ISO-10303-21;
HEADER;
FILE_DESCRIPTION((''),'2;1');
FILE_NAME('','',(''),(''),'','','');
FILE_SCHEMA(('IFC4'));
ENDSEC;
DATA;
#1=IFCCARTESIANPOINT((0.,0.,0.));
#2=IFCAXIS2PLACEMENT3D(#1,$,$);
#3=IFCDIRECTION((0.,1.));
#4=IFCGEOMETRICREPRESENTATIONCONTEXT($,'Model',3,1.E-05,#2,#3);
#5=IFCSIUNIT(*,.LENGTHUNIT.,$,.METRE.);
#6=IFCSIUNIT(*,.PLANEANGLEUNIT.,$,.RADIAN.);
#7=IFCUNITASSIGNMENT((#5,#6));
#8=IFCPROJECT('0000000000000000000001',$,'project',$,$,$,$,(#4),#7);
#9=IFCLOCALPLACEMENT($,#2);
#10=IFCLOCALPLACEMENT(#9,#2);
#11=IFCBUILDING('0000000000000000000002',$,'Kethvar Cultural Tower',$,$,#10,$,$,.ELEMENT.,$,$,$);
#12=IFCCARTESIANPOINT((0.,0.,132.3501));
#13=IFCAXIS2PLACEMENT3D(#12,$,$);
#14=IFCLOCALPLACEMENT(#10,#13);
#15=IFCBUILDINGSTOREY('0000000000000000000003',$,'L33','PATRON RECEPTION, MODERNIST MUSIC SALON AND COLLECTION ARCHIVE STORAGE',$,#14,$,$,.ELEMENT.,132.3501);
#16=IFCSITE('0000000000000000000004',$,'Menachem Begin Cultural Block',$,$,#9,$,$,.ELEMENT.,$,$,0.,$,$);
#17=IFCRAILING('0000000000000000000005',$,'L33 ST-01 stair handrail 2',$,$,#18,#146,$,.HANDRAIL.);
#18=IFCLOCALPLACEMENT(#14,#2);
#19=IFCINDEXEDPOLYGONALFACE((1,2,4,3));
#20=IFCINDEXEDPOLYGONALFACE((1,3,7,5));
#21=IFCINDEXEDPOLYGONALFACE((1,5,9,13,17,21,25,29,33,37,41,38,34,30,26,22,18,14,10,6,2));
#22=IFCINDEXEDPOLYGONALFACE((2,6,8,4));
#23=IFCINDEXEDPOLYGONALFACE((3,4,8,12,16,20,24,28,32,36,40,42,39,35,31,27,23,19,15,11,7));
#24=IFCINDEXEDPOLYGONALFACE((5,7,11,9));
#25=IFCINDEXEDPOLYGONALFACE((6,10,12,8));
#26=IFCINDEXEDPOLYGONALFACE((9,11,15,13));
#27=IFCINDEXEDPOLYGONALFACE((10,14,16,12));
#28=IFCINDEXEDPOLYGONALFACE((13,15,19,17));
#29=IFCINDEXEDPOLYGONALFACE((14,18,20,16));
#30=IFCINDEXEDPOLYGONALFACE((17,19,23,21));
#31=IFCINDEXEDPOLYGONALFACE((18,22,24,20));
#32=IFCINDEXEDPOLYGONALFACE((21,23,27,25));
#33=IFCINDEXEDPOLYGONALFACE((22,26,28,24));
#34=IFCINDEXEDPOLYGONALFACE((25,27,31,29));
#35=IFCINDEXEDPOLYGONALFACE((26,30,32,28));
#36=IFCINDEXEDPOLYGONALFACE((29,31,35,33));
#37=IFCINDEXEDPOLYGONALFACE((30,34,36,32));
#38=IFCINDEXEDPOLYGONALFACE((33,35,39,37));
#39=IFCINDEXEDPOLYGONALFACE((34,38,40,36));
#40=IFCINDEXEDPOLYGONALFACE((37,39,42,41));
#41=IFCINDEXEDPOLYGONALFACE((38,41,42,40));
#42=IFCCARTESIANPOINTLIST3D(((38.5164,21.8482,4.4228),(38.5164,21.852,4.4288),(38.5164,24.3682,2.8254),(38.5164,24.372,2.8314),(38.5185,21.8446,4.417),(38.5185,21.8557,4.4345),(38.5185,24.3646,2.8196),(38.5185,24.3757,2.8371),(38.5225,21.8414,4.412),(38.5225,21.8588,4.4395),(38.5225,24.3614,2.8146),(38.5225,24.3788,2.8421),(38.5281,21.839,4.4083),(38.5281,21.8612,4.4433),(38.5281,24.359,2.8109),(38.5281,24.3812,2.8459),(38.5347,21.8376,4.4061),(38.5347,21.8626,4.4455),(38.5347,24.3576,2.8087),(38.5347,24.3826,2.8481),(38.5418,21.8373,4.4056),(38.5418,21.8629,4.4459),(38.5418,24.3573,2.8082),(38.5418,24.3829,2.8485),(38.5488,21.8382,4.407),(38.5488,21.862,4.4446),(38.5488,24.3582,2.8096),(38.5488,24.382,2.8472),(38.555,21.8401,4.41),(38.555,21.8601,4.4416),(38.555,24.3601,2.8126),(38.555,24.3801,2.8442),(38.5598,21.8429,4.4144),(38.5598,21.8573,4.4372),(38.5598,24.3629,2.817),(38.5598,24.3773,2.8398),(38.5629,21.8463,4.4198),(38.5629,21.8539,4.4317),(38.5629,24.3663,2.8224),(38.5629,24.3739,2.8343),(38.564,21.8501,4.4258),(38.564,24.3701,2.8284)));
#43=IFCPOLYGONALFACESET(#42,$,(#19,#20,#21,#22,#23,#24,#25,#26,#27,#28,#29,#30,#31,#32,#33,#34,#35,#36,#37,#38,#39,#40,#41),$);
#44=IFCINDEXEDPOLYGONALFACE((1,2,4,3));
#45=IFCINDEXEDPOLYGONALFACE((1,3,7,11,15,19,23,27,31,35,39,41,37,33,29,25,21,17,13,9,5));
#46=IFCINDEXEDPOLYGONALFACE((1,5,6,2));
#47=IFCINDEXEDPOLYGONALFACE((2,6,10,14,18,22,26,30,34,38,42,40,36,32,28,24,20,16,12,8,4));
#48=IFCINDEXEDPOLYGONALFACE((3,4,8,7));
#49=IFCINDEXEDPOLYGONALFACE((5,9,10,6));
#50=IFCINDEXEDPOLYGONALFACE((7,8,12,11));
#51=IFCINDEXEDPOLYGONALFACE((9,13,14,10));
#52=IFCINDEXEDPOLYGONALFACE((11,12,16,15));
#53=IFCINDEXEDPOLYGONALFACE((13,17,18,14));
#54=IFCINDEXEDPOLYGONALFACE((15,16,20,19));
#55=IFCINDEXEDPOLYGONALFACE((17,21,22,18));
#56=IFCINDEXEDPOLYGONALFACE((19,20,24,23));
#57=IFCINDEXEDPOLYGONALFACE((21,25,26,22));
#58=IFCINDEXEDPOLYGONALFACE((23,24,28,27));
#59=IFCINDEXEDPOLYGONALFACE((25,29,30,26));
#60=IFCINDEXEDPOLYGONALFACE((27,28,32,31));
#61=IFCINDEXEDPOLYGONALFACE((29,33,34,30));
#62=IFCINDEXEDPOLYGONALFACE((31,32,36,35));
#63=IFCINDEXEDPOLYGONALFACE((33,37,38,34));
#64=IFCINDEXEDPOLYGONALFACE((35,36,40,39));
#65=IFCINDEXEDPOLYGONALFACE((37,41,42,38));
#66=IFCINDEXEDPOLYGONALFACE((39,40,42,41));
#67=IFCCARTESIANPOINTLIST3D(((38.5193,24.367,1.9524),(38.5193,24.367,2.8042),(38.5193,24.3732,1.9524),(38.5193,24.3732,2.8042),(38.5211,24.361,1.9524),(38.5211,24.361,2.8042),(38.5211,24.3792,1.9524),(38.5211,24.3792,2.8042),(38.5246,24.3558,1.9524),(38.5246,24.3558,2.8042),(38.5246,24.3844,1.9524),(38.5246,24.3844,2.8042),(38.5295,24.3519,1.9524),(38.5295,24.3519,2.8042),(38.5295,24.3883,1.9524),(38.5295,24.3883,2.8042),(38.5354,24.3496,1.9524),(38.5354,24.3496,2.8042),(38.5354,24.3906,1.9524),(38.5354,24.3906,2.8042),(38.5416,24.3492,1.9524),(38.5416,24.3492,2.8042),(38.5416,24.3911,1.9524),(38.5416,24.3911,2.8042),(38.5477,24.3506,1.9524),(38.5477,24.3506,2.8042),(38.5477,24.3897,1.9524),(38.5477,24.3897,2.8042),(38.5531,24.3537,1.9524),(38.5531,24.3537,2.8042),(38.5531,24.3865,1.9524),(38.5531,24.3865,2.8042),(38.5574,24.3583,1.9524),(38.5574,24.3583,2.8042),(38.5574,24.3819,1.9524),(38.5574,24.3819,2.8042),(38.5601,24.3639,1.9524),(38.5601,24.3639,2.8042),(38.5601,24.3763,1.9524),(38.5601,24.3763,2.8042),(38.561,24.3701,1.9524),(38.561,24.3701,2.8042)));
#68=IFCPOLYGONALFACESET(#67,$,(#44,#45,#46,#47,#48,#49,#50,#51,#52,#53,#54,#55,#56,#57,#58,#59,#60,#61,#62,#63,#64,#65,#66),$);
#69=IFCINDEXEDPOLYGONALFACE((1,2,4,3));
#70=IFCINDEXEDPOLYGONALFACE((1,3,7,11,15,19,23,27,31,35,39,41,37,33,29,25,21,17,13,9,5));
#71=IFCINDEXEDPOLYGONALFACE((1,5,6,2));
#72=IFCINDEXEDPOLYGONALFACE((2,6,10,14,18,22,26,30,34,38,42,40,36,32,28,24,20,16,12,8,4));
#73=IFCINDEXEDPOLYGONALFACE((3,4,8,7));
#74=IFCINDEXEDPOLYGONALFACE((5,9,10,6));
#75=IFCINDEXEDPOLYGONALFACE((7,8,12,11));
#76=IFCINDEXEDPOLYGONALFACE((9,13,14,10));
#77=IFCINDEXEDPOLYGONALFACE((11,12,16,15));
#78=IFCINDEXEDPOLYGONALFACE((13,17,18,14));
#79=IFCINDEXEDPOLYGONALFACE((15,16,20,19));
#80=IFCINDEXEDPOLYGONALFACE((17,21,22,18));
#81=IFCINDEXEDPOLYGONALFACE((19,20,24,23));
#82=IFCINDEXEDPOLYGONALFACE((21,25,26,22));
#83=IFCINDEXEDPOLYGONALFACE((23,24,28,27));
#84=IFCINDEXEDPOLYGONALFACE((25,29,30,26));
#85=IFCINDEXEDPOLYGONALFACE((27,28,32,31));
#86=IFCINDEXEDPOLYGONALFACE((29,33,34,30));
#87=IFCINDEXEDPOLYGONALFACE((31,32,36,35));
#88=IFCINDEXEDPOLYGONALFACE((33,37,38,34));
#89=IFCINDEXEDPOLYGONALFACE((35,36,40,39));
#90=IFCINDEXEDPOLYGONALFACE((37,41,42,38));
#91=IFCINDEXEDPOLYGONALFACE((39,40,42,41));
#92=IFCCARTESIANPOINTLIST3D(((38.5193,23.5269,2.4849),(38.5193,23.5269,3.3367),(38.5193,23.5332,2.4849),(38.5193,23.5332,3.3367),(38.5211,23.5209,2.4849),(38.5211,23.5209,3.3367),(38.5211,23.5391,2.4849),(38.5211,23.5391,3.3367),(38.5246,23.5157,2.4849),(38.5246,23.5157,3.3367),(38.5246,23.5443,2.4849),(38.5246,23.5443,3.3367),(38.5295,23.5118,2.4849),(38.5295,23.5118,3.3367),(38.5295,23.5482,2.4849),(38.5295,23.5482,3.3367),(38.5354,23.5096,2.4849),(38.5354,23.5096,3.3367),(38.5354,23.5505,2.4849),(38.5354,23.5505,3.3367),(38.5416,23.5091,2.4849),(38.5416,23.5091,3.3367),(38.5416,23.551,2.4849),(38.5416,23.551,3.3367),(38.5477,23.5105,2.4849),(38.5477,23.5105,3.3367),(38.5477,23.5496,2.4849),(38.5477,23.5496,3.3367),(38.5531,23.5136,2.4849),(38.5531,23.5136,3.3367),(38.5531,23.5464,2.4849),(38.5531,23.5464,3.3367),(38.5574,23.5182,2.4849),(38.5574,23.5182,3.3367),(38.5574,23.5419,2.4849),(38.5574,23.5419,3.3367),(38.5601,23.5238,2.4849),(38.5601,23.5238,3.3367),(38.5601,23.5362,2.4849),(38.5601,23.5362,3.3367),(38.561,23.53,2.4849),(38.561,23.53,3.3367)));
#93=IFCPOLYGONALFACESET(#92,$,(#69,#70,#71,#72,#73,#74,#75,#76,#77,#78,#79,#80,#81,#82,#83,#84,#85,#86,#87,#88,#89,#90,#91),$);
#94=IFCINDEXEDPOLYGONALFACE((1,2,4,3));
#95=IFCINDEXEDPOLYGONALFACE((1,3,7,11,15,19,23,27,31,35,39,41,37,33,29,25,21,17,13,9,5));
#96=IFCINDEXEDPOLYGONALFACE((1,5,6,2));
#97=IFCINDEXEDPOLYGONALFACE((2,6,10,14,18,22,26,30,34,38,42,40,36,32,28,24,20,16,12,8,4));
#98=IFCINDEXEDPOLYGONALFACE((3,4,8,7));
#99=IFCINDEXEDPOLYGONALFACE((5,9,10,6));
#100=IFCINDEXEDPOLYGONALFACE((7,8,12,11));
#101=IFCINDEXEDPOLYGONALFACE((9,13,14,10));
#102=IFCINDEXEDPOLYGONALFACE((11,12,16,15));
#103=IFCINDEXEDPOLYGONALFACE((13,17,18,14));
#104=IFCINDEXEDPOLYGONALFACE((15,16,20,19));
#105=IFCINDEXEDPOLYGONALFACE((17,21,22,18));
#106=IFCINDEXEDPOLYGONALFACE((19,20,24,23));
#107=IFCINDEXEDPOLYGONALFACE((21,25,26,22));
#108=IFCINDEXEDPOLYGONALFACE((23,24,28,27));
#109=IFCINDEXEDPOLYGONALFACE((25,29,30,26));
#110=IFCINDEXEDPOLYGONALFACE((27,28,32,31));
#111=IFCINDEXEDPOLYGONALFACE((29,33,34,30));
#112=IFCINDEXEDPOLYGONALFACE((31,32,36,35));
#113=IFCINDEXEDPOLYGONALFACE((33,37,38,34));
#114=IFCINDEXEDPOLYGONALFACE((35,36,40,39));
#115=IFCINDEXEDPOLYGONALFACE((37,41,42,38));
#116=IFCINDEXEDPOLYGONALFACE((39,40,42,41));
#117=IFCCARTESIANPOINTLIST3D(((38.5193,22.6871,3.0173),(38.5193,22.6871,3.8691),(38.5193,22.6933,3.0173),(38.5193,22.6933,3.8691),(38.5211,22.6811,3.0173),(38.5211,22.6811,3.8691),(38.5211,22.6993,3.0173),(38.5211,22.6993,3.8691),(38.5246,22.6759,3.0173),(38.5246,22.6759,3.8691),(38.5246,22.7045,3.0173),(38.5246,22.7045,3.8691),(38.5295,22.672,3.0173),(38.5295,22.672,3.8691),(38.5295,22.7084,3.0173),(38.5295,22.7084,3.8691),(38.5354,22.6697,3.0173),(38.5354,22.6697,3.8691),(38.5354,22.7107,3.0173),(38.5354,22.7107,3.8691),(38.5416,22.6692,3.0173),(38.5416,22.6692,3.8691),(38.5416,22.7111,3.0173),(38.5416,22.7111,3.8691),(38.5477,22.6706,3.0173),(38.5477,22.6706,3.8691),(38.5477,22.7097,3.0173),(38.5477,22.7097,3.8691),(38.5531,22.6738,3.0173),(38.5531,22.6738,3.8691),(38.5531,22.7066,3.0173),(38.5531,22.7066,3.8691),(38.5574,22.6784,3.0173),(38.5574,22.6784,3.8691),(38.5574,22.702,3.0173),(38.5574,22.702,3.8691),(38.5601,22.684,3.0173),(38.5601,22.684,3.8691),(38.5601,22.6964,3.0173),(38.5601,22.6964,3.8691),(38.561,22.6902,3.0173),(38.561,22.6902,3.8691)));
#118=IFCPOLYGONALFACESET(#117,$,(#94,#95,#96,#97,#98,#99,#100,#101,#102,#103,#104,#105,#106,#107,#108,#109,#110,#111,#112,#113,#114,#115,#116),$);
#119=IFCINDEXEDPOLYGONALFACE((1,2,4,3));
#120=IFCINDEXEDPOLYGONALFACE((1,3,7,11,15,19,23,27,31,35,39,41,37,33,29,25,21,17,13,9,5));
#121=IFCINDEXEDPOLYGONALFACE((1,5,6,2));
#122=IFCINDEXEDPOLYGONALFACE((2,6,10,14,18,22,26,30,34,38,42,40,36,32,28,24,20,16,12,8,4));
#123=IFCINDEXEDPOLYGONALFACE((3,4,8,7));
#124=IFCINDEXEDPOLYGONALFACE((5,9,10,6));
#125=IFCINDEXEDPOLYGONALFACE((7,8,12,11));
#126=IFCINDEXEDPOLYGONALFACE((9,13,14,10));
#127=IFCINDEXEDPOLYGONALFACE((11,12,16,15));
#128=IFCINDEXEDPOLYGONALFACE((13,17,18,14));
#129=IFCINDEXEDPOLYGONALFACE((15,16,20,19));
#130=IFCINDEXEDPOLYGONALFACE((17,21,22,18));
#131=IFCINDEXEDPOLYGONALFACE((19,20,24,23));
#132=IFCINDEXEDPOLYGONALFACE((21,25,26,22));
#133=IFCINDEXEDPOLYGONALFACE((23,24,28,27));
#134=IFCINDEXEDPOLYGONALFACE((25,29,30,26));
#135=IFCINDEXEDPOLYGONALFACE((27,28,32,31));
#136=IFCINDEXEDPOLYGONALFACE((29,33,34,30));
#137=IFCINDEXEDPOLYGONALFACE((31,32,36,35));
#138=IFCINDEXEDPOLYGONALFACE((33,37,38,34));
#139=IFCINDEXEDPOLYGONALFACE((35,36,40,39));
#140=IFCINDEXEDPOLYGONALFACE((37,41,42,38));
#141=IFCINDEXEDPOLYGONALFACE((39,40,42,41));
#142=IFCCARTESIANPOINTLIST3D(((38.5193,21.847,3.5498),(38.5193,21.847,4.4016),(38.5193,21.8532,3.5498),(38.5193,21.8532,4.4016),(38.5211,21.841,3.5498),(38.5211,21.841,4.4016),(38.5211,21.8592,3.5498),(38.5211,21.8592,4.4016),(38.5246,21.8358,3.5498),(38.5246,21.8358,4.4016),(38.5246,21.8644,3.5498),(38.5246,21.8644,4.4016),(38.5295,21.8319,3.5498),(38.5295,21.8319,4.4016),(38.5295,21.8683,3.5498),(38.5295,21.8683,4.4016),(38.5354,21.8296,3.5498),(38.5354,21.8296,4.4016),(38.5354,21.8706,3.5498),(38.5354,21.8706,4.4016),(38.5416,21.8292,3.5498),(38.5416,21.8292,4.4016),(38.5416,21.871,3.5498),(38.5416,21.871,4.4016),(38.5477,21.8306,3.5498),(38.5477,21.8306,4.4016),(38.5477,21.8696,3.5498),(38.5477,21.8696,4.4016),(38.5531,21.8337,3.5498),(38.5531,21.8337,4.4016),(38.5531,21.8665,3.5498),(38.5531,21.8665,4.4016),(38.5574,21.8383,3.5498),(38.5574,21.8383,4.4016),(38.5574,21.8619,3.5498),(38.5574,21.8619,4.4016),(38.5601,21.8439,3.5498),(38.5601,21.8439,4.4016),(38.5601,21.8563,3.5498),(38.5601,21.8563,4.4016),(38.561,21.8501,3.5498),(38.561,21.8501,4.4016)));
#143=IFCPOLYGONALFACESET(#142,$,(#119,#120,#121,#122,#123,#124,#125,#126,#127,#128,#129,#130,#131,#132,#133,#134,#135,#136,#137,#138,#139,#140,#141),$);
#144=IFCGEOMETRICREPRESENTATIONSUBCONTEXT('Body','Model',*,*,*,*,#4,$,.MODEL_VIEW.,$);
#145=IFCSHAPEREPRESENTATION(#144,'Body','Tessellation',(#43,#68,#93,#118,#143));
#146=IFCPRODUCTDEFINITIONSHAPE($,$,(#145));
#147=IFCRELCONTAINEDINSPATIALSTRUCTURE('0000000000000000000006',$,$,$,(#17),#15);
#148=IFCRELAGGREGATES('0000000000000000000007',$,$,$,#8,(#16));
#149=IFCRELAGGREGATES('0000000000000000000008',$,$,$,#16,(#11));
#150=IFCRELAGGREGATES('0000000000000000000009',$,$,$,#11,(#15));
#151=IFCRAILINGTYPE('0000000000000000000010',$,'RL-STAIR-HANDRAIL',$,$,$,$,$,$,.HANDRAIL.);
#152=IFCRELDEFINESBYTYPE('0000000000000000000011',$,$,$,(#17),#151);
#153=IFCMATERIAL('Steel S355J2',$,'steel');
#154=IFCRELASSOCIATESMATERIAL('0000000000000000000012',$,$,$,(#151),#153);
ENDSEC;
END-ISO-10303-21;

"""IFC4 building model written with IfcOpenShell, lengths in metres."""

from ifc_helpers import new_model, si_unit, direction, frame, origin, origin_2d, place, context, subcontext, project, spatial, circle, extrude, material, type_object, element, save


model = new_model("IFC4")

# Units and contexts
model_context = context("Model", 3, precision=1e-05, world=origin(), true_north=direction((0.0, 1.0)))
body_context = subcontext(model_context, "Body", "Model", "MODEL_VIEW")
ifc_project = project(units=[si_unit("LENGTHUNIT", "METRE"), si_unit("PLANEANGLEUNIT", "RADIAN")], contexts=[model_context])

# Site, building, storey
site_placement = place(None, origin())
site = spatial("IfcSite", under=ifc_project, at=site_placement, Name="Menachem Begin Cultural Block", CompositionType="ELEMENT", RefElevation=0.0)
building_placement = place(site_placement, origin())
building = spatial("IfcBuilding", under=site, at=building_placement, Name="Kethvar Cultural Tower", CompositionType="ELEMENT")
storey_placement = place(building_placement, frame((0.0, 0.0, 132.3501)))
storey = spatial("IfcBuildingStorey", under=building, at=storey_placement, Name="L33", Description="PATRON RECEPTION, MODERNIST MUSIC SALON AND COLLECTION ARCHIVE STORAGE", CompositionType="ELEMENT", Elevation=132.3501)

# Shared definitions
ifc_material_1 = material(Name="Steel S355J2", Category="steel")

# Railing
railing_type_1 = type_object("IfcRailingType", Name="RL-STAIR-HANDRAIL", PredefinedType="HANDRAIL", material=ifc_material_1)
railing_1_placement = place(storey_placement, frame((38.54, 24.3701, 1.9524)))
element("IfcRailing", 1, at=railing_1_placement, inside=storey, type_object=railing_type_1, Name="L33 ST-01 stair handrail 2", PredefinedType="HANDRAIL", context=body_context, shape_type="SweptSolid", body=[
    extrude(circle(Radius=0.0239, at=origin_2d()), frame((0.0, 0.0, 0.876), z_axis=(0.0, -0.844607, 0.535387), x_axis=(1.0, 0.0, 0.0)), (0.0, 0.0, 1.0), 2.9836),
    extrude(circle(Radius=0.021, at=origin_2d()), origin(), (0.0, 0.0, 1.0), 0.8518),
    extrude(circle(Radius=0.021, at=origin_2d()), frame((0.0, -0.8401, 0.5325)), (0.0, 0.0, 1.0), 0.8518),
    extrude(circle(Radius=0.021, at=origin_2d()), frame((0.0, -1.6799, 1.0649)), (0.0, 0.0, 1.0), 0.8518),
    extrude(circle(Radius=0.021, at=origin_2d()), frame((0.0, -2.52, 1.5974)), (0.0, 0.0, 1.0), 0.8518),
])

save(model, "model.ifc")
